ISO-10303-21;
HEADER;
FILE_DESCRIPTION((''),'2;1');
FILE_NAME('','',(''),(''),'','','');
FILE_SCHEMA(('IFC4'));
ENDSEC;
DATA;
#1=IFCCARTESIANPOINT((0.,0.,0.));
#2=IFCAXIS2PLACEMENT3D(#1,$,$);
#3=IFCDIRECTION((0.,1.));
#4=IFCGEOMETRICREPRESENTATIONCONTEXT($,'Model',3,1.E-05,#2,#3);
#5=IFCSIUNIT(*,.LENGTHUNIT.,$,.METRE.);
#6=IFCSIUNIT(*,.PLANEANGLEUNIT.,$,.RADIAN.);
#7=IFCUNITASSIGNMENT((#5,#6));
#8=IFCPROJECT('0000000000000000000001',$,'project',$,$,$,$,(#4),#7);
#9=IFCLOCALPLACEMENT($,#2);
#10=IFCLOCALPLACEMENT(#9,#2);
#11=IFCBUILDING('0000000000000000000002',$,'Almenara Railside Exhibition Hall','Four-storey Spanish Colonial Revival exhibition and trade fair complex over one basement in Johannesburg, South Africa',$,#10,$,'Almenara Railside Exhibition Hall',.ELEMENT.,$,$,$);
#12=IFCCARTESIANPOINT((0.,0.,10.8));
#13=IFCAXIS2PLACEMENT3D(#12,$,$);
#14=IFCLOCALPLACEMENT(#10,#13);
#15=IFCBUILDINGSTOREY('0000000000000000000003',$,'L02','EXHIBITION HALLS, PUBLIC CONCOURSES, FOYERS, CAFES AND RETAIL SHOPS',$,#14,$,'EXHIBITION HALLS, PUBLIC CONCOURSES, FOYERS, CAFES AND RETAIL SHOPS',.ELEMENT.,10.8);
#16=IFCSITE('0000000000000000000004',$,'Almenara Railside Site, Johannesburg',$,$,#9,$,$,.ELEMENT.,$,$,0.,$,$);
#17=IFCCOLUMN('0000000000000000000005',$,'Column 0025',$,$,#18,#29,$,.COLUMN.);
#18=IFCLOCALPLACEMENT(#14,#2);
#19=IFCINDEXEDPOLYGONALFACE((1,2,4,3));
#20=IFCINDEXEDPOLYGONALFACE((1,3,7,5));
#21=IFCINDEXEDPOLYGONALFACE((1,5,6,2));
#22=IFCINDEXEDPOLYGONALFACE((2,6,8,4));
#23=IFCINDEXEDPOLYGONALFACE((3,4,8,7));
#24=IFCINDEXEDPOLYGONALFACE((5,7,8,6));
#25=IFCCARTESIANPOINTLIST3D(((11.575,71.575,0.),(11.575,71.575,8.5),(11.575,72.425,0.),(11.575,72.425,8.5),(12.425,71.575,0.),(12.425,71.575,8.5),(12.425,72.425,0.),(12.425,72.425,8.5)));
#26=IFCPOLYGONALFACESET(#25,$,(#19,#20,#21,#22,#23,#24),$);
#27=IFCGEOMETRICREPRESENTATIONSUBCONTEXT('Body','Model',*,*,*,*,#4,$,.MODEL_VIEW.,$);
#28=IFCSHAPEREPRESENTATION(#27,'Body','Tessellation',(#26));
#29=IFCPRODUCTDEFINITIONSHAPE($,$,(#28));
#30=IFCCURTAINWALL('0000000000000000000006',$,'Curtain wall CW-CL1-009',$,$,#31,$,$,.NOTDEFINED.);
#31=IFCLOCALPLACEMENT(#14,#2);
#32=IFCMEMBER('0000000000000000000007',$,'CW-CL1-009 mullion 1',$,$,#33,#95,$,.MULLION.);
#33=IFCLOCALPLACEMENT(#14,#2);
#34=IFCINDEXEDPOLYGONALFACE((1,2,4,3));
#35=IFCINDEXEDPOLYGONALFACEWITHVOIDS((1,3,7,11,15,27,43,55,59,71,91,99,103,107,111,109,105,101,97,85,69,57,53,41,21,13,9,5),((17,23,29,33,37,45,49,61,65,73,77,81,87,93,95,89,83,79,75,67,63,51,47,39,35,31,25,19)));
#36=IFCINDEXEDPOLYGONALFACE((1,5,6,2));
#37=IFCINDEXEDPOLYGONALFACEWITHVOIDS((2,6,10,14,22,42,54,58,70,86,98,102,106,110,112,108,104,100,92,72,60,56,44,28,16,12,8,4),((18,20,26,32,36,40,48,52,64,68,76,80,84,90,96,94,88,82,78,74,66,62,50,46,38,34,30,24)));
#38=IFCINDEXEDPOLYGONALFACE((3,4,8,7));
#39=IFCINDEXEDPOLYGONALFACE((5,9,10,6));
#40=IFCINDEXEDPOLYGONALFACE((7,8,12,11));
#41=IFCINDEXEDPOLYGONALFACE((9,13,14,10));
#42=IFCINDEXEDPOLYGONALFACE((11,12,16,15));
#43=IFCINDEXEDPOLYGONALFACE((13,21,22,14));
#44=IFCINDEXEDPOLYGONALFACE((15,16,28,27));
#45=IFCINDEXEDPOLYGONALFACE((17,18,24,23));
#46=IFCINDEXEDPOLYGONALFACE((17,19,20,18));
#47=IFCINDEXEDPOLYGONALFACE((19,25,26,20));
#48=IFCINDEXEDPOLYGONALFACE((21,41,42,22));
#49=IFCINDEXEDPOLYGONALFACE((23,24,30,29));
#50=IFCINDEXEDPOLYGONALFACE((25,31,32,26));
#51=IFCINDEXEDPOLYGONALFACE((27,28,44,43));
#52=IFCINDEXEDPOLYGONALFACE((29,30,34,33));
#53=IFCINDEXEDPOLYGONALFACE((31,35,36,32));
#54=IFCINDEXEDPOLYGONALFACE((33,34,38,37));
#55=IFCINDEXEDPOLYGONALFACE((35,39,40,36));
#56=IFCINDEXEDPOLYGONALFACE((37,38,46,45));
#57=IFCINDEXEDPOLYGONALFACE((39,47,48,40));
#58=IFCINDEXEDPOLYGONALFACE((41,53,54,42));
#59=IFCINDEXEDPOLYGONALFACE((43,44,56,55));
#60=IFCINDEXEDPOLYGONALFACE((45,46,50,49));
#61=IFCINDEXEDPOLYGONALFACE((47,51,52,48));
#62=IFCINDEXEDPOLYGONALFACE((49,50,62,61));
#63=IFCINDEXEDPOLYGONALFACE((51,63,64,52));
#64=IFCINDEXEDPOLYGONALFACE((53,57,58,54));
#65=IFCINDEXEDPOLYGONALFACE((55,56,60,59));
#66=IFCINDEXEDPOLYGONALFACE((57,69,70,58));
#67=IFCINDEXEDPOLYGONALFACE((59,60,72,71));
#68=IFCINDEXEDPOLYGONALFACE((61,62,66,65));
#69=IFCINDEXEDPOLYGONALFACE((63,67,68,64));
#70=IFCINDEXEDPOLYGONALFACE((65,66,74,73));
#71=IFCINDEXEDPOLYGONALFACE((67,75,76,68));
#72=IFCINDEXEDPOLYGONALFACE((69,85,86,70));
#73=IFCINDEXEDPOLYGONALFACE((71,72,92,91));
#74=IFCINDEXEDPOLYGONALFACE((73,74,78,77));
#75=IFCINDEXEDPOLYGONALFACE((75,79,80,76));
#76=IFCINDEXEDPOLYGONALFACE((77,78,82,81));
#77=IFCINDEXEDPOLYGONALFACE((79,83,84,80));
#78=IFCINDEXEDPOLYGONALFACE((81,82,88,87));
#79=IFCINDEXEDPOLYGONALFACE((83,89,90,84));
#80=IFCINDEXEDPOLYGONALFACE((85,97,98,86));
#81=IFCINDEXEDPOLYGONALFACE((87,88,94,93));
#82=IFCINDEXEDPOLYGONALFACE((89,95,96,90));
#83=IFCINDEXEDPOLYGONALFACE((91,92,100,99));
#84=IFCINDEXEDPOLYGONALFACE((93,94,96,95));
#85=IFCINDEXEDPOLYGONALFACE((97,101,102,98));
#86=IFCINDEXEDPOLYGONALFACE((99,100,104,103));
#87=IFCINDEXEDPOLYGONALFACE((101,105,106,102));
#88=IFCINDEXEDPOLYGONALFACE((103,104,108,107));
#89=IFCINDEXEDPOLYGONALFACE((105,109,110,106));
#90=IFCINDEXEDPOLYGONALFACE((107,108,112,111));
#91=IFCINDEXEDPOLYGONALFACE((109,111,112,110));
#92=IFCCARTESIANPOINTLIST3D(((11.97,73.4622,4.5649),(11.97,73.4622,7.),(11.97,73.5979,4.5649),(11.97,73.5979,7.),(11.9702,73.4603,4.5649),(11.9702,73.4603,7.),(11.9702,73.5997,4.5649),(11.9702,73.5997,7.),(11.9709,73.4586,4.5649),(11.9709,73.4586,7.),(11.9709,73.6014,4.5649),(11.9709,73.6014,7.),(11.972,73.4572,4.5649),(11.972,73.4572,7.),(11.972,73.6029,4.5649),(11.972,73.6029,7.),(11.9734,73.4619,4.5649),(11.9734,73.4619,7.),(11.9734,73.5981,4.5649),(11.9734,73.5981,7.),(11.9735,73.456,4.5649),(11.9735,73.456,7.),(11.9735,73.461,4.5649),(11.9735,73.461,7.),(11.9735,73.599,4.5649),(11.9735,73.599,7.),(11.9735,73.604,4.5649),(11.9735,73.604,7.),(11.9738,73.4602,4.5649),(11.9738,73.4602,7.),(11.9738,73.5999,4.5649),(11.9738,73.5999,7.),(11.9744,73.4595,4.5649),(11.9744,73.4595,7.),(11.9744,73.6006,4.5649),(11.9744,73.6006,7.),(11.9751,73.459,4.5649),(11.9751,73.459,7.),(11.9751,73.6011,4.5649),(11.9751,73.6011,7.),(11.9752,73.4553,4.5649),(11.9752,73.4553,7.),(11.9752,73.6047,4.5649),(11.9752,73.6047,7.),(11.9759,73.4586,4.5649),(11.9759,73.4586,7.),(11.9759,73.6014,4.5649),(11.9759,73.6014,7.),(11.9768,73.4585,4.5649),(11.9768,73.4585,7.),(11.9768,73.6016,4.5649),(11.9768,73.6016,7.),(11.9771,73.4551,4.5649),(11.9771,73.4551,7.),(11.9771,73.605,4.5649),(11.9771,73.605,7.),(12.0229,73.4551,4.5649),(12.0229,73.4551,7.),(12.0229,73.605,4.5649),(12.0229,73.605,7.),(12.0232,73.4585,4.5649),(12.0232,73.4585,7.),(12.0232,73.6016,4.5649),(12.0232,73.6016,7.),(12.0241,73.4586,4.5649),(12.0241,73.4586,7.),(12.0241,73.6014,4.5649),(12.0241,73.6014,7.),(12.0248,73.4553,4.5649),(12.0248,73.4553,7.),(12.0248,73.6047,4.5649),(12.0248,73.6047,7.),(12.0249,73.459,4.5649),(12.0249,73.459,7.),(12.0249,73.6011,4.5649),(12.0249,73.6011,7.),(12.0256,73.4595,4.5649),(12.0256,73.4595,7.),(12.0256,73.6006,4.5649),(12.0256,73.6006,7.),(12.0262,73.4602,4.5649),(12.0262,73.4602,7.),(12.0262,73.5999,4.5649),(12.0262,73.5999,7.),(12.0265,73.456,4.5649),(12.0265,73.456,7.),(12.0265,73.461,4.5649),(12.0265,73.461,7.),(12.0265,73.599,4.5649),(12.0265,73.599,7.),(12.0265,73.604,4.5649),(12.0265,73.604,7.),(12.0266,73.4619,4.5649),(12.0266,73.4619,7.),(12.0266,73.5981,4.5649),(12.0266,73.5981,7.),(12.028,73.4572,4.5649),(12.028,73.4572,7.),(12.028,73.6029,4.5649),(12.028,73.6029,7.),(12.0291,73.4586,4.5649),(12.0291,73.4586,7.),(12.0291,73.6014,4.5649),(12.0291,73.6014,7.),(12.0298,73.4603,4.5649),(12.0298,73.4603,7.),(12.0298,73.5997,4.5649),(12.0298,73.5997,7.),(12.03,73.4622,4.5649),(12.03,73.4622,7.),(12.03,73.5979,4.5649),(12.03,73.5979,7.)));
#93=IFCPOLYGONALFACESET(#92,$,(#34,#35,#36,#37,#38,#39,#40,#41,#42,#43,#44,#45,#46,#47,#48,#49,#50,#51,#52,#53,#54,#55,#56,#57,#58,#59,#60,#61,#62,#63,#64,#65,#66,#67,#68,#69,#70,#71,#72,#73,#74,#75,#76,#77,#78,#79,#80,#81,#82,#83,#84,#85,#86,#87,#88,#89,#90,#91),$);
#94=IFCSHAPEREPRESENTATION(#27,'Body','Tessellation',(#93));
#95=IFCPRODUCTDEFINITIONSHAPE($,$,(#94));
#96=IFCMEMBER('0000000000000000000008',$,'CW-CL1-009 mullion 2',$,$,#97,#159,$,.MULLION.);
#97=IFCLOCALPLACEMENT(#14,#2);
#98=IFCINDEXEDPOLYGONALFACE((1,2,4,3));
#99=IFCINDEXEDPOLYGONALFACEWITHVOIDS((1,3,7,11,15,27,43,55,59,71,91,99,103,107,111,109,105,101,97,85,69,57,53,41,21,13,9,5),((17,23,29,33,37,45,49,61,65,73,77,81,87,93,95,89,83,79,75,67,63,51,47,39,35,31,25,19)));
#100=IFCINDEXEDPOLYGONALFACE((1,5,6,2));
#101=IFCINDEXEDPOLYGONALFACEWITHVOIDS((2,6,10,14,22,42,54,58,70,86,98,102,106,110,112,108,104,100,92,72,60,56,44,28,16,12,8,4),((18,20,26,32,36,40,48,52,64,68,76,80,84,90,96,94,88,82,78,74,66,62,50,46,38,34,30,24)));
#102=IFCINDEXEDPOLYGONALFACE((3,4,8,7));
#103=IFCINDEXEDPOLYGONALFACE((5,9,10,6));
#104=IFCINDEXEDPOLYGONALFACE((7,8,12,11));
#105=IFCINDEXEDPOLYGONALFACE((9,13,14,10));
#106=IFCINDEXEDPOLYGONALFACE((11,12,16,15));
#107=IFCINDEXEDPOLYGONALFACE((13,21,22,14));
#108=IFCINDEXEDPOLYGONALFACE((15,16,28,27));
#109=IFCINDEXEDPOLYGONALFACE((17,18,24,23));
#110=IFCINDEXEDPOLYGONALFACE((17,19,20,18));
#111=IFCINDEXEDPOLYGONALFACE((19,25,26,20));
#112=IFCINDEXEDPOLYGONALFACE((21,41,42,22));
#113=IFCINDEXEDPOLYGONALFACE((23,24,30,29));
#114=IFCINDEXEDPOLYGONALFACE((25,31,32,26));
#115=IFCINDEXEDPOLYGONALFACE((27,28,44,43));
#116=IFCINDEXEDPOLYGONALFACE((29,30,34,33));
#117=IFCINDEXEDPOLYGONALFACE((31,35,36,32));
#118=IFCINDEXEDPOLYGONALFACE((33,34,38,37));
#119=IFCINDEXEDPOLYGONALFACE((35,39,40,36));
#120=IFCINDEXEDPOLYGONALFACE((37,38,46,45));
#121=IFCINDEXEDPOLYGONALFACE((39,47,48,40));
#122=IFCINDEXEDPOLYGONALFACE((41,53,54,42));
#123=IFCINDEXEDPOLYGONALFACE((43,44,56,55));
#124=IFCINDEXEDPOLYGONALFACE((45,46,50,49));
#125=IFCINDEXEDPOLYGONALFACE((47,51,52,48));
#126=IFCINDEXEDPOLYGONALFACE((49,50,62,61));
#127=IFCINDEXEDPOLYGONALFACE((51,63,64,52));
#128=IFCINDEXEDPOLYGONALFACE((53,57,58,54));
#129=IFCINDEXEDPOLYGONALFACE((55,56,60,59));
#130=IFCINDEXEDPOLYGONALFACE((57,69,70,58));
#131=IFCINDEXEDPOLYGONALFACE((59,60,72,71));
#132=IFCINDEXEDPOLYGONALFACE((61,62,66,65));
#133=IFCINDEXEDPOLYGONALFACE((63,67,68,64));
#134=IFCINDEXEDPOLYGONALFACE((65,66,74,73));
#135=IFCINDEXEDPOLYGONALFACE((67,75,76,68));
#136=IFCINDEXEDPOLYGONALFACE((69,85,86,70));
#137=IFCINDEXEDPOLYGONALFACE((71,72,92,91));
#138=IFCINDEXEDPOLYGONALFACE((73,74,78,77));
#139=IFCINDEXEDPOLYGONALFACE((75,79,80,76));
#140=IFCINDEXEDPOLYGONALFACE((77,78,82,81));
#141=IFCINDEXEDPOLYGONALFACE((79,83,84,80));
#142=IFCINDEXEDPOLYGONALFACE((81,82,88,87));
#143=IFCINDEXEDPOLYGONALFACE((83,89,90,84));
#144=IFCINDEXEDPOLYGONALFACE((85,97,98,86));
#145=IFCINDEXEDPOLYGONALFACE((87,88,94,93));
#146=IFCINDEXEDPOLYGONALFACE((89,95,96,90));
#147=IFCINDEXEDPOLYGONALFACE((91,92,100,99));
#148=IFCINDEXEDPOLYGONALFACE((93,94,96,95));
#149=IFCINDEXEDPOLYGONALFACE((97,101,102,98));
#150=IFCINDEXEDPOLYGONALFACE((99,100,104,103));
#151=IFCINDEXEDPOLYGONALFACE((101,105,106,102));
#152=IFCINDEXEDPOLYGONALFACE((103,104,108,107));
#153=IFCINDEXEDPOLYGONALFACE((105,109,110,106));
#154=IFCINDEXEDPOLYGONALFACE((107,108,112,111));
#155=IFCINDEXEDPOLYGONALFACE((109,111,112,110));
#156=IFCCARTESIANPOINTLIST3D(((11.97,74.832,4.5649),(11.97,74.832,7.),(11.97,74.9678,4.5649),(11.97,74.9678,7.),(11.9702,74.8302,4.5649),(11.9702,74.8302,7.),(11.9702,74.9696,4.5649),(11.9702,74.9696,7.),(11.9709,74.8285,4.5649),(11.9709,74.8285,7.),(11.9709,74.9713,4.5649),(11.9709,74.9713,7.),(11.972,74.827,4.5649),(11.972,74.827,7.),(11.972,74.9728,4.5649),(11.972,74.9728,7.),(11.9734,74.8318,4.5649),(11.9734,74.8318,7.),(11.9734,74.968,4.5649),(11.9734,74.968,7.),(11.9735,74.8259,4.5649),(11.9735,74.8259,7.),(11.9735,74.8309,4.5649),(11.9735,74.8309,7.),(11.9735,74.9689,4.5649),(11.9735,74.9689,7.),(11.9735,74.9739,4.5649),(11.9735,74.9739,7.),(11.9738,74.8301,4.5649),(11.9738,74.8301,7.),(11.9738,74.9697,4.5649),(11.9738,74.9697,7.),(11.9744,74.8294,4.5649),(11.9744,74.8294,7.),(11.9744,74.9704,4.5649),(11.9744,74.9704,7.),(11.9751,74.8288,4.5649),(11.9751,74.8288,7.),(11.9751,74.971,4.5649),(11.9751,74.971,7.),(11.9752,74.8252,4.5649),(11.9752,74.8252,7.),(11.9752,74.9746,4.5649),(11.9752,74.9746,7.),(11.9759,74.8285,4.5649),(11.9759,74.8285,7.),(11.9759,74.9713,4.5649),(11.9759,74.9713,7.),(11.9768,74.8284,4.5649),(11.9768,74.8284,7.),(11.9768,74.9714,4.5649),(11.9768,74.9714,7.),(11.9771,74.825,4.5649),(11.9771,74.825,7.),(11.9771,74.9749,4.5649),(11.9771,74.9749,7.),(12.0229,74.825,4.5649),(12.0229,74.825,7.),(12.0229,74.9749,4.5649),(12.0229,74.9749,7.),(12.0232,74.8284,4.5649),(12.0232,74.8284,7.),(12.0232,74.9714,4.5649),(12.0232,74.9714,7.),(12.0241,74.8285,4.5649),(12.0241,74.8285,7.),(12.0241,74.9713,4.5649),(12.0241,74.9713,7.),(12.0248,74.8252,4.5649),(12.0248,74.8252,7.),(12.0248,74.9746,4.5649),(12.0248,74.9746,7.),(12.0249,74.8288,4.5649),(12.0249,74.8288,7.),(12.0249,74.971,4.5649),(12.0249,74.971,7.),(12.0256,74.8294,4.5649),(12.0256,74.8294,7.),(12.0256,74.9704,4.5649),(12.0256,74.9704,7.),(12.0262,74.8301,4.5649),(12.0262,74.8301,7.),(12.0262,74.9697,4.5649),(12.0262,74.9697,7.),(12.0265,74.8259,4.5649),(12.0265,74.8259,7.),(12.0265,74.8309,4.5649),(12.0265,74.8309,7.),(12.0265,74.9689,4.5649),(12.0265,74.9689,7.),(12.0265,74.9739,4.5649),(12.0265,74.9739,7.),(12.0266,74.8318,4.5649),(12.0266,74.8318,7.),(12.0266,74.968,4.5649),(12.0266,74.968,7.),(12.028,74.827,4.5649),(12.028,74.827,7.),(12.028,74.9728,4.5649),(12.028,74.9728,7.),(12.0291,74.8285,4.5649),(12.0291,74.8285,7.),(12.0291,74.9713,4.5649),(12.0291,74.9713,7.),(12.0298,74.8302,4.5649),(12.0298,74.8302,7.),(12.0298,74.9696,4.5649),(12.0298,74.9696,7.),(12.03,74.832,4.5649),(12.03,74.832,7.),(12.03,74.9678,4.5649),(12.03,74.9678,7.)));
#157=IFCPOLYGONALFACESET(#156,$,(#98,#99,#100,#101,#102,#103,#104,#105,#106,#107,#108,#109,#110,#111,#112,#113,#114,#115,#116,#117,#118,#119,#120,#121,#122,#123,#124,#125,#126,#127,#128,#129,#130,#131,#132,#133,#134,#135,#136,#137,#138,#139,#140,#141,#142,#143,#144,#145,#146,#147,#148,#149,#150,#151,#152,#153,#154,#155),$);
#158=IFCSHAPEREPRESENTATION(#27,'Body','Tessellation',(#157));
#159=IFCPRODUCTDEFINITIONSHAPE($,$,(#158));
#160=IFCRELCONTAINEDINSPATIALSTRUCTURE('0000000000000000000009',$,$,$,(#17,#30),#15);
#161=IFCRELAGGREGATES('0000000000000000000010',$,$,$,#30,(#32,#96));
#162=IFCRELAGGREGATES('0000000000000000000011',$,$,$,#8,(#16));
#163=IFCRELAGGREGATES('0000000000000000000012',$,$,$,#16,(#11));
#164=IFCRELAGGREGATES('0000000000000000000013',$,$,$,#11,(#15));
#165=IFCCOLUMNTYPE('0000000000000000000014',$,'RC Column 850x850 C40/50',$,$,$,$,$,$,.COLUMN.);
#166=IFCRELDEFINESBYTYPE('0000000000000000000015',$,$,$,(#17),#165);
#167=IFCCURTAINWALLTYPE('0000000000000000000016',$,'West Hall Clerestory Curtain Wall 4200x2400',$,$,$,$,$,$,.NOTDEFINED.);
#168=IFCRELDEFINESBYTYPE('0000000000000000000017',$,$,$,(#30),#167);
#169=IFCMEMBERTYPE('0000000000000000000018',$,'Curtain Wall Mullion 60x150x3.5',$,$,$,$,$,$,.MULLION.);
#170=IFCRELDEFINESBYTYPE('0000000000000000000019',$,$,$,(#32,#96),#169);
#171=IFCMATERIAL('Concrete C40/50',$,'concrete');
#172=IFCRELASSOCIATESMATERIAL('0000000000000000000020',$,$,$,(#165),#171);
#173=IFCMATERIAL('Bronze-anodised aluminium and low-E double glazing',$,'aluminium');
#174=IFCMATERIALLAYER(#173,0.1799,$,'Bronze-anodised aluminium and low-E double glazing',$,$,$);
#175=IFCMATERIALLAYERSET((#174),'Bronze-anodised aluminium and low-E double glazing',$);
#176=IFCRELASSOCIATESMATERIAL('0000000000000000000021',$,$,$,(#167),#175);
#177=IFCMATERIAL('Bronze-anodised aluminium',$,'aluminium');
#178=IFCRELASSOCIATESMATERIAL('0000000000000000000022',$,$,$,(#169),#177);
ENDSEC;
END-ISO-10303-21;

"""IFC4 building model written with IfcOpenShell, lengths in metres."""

from ifc_helpers import new_model, si_unit, direction, frame, origin, origin_2d, place, context, subcontext, project, spatial, rectangle, hollow_rectangle, extrude, material, layer, layer_set, material_profile, profile_set, type_object, element, aggregate, save


model = new_model("IFC4")

# Units and contexts
model_context = context("Model", 3, precision=1e-05, world=origin(), true_north=direction((0.0, 1.0)))
body_context = subcontext(model_context, "Body", "Model", "MODEL_VIEW")
ifc_project = project(units=[si_unit("LENGTHUNIT", "METRE"), si_unit("PLANEANGLEUNIT", "RADIAN")], contexts=[model_context])

# Site, building, storey
site_placement = place(None, origin())
site = spatial("IfcSite", under=ifc_project, at=site_placement, Name="Almenara Railside Site, Johannesburg", CompositionType="ELEMENT", RefElevation=0.0)
building_placement = place(site_placement, origin())
building = spatial("IfcBuilding", under=site, at=building_placement, Name="Almenara Railside Exhibition Hall", Description="Four-storey Spanish Colonial Revival exhibition and trade fair complex over one basement in Johannesburg, South Africa", LongName="Almenara Railside Exhibition Hall", CompositionType="ELEMENT")
storey_placement = place(building_placement, frame((0.0, 0.0, 10.8)))
storey = spatial("IfcBuildingStorey", under=building, at=storey_placement, Name="L02", Description="EXHIBITION HALLS, PUBLIC CONCOURSES, FOYERS, CAFES AND RETAIL SHOPS", LongName="EXHIBITION HALLS, PUBLIC CONCOURSES, FOYERS, CAFES AND RETAIL SHOPS", CompositionType="ELEMENT", Elevation=10.8)

# Column
ifc_material_1 = material(Name="Concrete C40/50", Category="concrete")
ifc_material_profile_1 = material_profile(ifc_material_1, rectangle(XDim=0.8501, YDim=0.8501, at=origin_2d()), Name="RC 850x850")
ifc_profile_set_1 = profile_set([ifc_material_profile_1], Name="Concrete C40/50")
column_type = type_object("IfcColumnType", Name="RC Column 850x850 C40/50", PredefinedType="COLUMN", material=ifc_profile_set_1)
column_placement = place(storey_placement, frame((12.0, 72.0, 0.0), z_axis=(0.0, 0.0, 1.0), x_axis=(1.0, 0.0, 0.0)))
element("IfcColumn", 1, at=column_placement, inside=storey, type_object=column_type, Name="Column 0025", PredefinedType="COLUMN", context=body_context, shape_type="SweptSolid", body=[
    extrude(rectangle(XDim=0.8501, YDim=0.8501, at=origin_2d()), origin(), (0.0, 0.0, 1.0), 8.5),
])

# Curtain wall, members
ifc_material_2 = material(Name="Bronze-anodised aluminium and low-E double glazing", Category="aluminium")
ifc_layer_1 = layer(ifc_material_2, 0.1799, Name="Bronze-anodised aluminium and low-E double glazing")
ifc_layer_set_1 = layer_set([ifc_layer_1], Name="Bronze-anodised aluminium and low-E double glazing")
curtain_wall_type = type_object("IfcCurtainWallType", Name="West Hall Clerestory Curtain Wall 4200x2400", PredefinedType="NOTDEFINED", material=ifc_layer_set_1)
curtain_wall_placement = place(storey_placement, origin())
curtain_wall = element("IfcCurtainWall", 2, at=curtain_wall_placement, inside=storey, type_object=curtain_wall_type, Name="Curtain wall CW-CL1-009", PredefinedType="NOTDEFINED")
ifc_material_3 = material(Name="Bronze-anodised aluminium", Category="aluminium")
ifc_material_profile_2 = material_profile(ifc_material_3, hollow_rectangle(XDim=0.0601, YDim=0.1499, WallThickness=0.0034, InnerFilletRadius=0.0034, OuterFilletRadius=0.0071, at=origin_2d()), Name="ALU-MUL 60x150x3.5")
ifc_profile_set_2 = profile_set([ifc_material_profile_2], Name="Bronze-anodised aluminium")
member_type_1 = type_object("IfcMemberType", Name="Curtain Wall Mullion 60x150x3.5", PredefinedType="MULLION", material=ifc_profile_set_2)
member_1_placement = place(storey_placement, frame((12.0, 73.53, 4.5649), z_axis=(0.0, 0.0, 1.0), x_axis=(-1.0, 0.0, 0.0)))
member_1 = element("IfcMember", 3, at=member_1_placement, type_object=member_type_1, Name="CW-CL1-009 mullion 1", PredefinedType="MULLION", context=body_context, shape_type="SweptSolid", body=[
    extrude(hollow_rectangle(XDim=0.0601, YDim=0.1499, WallThickness=0.0034, InnerFilletRadius=0.0034, OuterFilletRadius=0.0071, at=origin_2d()), origin(), (0.0, 0.0, 1.0), 2.4351),
])
member_2_placement = place(storey_placement, frame((12.0, 74.8999, 4.5649), z_axis=(0.0, 0.0, 1.0), x_axis=(-1.0, 0.0, 0.0)))
member_2 = element("IfcMember", 4, at=member_2_placement, type_object=member_type_1, Name="CW-CL1-009 mullion 2", PredefinedType="MULLION", context=body_context, shape_type="SweptSolid", body=[
    extrude(hollow_rectangle(XDim=0.0601, YDim=0.1499, WallThickness=0.0034, InnerFilletRadius=0.0034, OuterFilletRadius=0.0071, at=origin_2d()), origin(), (0.0, 0.0, 1.0), 2.4351),
])

aggregate(curtain_wall, [member_1, member_2])

save(model, "model.ifc")
